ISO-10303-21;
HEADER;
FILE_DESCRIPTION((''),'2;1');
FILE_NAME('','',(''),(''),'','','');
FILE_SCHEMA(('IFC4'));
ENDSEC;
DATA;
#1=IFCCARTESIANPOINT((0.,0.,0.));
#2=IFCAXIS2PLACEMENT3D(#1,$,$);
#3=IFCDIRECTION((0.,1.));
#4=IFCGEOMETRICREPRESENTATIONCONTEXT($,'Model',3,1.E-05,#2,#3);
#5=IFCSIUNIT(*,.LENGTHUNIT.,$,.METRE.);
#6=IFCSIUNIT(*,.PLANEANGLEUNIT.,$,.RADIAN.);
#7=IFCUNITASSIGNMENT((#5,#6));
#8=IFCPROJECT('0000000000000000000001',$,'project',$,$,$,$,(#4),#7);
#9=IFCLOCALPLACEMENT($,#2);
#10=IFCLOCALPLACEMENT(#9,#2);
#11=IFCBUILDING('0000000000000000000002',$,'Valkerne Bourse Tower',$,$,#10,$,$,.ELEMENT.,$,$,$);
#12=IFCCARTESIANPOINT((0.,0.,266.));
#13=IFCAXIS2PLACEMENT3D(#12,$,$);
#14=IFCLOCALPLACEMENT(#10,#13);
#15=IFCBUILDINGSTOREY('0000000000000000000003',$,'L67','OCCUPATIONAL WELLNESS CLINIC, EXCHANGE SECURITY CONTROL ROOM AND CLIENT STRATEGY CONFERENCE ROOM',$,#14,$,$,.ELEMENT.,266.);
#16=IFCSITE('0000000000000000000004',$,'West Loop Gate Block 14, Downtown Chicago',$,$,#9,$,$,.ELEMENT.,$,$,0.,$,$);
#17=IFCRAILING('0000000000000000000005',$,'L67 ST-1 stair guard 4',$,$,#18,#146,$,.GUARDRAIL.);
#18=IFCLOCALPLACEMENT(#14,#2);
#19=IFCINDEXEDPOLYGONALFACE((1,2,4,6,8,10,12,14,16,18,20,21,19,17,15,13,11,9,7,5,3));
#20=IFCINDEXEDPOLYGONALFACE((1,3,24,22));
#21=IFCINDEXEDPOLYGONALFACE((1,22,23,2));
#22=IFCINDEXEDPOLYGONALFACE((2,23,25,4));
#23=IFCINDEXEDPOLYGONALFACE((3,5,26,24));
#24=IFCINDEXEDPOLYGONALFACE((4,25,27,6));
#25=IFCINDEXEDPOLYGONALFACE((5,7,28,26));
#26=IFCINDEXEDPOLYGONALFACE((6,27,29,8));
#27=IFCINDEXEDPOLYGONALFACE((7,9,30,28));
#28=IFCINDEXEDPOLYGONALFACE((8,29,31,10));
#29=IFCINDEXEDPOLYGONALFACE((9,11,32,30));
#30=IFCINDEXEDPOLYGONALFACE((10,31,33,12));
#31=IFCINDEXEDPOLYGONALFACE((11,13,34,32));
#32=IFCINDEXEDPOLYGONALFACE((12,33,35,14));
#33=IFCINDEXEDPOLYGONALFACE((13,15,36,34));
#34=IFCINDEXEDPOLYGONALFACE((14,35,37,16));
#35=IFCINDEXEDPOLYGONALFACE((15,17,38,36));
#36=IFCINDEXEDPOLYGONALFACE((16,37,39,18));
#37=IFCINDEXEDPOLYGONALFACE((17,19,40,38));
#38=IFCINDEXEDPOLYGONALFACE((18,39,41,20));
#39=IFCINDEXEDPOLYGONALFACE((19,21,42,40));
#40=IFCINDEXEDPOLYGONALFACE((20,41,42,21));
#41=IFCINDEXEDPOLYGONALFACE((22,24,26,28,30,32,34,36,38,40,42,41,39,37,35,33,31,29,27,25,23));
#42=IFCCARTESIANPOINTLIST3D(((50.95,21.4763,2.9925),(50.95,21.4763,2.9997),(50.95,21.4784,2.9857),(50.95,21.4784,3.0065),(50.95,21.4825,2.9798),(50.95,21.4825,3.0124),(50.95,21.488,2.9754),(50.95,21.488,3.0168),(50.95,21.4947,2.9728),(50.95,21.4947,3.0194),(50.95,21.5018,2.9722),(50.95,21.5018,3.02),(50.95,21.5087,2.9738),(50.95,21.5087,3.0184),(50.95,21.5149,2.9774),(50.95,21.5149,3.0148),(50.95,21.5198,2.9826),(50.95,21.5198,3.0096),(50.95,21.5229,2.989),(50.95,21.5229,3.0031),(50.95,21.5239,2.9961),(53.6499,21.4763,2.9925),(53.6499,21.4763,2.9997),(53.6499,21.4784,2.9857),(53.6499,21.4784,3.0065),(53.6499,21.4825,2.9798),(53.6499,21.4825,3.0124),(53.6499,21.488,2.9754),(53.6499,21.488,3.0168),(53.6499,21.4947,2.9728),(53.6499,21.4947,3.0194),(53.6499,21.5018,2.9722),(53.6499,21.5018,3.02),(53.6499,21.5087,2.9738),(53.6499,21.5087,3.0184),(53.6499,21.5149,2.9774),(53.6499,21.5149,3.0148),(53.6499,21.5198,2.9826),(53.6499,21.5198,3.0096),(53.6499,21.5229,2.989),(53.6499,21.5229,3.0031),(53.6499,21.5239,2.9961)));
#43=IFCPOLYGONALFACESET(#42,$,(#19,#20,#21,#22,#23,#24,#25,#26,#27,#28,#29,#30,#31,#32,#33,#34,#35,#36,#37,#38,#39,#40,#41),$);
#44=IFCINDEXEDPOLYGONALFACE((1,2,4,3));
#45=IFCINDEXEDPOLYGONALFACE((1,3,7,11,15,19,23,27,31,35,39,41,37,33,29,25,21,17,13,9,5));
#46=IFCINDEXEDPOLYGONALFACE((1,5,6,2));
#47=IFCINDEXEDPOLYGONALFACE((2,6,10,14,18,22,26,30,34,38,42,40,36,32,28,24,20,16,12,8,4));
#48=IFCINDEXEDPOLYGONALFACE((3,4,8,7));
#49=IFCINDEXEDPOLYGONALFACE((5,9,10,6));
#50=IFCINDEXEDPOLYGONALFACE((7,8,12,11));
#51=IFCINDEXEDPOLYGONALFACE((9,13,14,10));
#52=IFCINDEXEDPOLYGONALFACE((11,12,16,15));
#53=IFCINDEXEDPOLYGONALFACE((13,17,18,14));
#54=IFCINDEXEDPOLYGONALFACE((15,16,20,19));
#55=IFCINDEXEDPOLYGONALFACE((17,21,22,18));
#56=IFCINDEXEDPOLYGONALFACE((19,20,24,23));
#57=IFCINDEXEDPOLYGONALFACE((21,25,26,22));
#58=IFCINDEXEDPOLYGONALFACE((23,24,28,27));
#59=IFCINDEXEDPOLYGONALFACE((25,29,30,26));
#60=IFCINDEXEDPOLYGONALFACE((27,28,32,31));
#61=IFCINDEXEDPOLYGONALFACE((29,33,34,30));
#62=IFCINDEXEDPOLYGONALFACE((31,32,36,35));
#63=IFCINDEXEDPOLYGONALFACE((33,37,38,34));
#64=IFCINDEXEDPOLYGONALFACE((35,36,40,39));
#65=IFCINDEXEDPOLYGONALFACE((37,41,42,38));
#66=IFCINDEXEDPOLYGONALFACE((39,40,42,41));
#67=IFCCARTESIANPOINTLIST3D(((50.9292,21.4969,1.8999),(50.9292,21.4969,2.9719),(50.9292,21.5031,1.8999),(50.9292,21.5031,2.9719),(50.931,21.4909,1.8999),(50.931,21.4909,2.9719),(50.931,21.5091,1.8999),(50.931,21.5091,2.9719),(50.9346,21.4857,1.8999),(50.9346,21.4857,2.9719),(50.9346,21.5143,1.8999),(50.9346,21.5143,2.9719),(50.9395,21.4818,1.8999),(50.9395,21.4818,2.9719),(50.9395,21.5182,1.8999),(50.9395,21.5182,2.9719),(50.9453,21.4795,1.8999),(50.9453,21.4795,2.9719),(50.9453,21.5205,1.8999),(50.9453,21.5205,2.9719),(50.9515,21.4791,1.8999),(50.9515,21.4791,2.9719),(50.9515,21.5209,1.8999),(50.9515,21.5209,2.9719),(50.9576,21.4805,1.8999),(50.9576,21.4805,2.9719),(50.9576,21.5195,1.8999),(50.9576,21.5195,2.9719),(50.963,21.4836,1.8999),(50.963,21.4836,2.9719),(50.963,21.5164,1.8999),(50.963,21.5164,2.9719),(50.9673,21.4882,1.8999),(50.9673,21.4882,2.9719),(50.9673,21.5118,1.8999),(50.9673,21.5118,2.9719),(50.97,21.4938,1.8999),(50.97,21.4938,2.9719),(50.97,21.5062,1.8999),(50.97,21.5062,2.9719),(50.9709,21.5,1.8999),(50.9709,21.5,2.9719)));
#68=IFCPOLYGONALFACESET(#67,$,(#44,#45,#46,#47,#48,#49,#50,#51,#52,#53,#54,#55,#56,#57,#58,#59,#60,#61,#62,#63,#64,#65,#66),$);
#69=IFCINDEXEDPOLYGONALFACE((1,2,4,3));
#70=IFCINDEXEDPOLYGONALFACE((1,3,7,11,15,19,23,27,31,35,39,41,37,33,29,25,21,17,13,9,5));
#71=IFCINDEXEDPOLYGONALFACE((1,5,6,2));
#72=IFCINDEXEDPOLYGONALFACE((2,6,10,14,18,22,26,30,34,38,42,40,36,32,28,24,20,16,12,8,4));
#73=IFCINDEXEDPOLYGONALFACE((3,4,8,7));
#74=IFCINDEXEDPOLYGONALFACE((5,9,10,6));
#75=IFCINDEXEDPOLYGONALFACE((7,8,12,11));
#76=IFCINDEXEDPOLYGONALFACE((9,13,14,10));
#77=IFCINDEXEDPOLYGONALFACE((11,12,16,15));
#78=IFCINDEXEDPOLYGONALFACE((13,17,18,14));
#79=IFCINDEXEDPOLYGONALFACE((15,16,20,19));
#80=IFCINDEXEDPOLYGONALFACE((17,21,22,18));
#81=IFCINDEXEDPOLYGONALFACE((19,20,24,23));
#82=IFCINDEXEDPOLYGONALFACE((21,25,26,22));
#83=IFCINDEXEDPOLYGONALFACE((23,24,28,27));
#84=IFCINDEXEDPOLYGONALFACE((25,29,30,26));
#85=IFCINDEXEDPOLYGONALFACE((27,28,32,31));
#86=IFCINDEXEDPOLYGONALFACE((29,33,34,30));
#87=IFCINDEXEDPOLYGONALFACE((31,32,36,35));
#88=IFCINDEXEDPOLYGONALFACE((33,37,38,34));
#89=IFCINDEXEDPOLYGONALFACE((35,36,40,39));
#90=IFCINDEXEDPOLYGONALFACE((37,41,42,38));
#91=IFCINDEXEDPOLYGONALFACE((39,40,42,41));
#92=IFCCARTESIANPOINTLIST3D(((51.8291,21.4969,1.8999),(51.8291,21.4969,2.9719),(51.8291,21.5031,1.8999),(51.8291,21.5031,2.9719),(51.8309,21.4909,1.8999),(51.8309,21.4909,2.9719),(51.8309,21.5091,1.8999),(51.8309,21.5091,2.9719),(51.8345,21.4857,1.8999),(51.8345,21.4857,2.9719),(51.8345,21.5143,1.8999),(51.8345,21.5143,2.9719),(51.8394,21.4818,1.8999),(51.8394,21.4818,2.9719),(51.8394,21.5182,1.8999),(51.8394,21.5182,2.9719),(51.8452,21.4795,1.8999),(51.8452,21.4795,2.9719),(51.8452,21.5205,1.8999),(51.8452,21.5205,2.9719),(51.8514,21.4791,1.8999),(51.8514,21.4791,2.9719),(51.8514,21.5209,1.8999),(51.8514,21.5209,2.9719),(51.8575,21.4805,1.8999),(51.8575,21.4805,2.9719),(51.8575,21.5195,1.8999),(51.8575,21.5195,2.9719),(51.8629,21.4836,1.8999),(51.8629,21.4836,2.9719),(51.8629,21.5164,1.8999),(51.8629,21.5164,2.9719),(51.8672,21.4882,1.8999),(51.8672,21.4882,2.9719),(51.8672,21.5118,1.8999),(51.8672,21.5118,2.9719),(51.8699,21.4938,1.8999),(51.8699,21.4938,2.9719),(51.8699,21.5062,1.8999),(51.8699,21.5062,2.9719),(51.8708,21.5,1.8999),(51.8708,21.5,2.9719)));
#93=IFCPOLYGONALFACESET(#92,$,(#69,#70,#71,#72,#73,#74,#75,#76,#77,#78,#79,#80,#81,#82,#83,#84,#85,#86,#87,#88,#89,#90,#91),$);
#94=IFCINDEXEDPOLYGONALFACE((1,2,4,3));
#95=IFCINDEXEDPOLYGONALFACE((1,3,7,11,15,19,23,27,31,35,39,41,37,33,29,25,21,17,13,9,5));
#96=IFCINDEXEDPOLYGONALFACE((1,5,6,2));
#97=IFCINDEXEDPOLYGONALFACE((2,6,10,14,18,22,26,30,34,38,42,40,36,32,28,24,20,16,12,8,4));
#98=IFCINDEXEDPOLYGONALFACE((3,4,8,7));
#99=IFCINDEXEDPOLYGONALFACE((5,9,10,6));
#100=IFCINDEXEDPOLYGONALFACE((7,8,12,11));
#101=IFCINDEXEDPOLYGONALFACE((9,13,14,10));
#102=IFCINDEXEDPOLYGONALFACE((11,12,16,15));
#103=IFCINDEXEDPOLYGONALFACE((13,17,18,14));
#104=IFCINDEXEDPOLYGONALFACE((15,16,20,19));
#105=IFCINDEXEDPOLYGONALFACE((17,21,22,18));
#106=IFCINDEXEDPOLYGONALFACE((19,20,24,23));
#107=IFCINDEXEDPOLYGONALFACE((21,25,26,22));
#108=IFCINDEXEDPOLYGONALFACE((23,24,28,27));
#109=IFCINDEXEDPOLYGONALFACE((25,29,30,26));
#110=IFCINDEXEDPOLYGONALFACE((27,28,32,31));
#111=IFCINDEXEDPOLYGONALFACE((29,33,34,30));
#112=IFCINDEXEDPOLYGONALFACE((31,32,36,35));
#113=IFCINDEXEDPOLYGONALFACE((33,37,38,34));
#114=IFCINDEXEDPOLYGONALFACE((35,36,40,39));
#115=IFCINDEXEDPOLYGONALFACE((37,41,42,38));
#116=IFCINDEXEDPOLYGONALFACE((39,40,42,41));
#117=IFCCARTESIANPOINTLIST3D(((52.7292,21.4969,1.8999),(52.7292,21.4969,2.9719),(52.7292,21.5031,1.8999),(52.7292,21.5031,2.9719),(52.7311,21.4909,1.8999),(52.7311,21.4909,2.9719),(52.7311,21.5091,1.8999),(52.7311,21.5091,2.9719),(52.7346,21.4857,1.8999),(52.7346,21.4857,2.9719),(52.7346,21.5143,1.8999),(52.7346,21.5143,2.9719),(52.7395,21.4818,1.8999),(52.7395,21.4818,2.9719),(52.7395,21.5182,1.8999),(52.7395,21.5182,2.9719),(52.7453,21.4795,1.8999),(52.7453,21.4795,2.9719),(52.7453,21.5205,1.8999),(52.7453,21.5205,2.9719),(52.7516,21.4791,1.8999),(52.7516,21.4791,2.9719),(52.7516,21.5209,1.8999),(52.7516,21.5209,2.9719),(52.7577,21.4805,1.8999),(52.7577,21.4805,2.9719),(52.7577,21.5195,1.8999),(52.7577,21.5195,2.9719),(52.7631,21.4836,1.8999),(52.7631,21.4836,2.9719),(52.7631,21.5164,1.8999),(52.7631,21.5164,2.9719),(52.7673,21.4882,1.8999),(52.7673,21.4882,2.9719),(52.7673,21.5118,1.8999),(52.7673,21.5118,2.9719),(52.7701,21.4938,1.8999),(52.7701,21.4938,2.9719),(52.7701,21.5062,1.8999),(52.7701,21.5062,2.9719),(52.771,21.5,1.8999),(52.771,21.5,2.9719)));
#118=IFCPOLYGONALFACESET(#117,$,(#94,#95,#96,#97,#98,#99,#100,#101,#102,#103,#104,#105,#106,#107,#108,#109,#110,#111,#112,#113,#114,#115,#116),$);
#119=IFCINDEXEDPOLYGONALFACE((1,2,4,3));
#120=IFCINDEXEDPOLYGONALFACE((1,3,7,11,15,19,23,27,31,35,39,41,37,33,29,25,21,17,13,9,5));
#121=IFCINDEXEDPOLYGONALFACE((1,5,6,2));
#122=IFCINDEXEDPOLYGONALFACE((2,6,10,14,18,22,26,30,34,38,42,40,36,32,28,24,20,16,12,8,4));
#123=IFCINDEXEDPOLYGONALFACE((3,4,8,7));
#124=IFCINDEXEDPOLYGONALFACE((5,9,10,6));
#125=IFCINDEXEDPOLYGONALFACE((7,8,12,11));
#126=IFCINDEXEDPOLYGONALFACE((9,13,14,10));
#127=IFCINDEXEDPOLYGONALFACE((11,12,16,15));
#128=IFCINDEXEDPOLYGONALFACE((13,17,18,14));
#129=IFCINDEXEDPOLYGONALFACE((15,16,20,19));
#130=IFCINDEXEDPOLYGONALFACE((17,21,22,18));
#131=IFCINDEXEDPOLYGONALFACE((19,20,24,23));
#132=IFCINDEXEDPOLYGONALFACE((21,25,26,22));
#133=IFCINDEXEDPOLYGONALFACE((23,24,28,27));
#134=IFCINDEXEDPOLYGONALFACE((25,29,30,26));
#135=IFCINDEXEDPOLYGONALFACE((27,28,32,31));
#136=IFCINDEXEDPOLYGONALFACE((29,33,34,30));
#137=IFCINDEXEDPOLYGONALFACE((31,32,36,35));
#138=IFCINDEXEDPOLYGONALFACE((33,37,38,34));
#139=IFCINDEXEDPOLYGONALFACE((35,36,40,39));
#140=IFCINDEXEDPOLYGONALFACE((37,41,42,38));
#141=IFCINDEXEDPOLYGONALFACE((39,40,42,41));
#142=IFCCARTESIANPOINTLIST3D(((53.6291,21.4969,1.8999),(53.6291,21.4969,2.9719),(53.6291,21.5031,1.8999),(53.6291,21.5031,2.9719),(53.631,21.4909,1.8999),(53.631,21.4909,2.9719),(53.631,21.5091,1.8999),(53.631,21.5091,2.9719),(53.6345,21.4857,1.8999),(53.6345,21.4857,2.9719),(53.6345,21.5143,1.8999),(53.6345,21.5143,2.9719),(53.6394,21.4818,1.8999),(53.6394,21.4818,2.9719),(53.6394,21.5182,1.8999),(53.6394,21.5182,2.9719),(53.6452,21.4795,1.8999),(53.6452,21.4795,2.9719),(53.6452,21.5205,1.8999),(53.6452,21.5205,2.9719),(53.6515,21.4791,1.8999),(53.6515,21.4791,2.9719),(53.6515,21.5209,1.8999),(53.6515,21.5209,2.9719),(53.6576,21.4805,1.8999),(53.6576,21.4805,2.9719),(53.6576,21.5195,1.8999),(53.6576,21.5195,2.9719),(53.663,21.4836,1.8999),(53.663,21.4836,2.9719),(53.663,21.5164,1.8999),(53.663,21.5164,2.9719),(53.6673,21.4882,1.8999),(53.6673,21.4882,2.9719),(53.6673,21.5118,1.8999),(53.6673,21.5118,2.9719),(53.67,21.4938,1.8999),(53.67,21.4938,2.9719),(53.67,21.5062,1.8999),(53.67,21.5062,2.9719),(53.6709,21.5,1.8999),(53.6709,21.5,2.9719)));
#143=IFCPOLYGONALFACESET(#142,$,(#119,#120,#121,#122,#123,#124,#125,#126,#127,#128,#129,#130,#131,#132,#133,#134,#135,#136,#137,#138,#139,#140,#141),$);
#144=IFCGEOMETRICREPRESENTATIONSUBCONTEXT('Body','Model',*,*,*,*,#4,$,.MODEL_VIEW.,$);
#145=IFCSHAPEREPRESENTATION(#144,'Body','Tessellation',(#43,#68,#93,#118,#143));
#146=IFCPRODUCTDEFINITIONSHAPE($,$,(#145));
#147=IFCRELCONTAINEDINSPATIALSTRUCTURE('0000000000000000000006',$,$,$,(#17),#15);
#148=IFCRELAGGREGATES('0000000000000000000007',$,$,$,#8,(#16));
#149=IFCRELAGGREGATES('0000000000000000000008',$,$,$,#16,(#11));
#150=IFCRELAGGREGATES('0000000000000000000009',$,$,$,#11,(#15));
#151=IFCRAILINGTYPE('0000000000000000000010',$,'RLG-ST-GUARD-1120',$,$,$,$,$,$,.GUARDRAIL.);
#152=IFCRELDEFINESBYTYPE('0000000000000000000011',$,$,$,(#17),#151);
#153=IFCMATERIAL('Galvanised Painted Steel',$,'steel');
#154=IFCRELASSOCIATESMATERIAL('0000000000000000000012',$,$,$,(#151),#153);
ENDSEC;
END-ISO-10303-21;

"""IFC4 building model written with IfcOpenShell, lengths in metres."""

from ifc_helpers import new_model, si_unit, direction, frame, origin, origin_2d, place, context, subcontext, project, spatial, circle, extrude, material, type_object, element, save


model = new_model("IFC4")

# Units and contexts
model_context = context("Model", 3, precision=1e-05, world=origin(), true_north=direction((0.0, 1.0)))
body_context = subcontext(model_context, "Body", "Model", "MODEL_VIEW")
ifc_project = project(units=[si_unit("LENGTHUNIT", "METRE"), si_unit("PLANEANGLEUNIT", "RADIAN")], contexts=[model_context])

# Site, building, storey
site_placement = place(None, origin())
site = spatial("IfcSite", under=ifc_project, at=site_placement, Name="West Loop Gate Block 14, Downtown Chicago", CompositionType="ELEMENT", RefElevation=0.0)
building_placement = place(site_placement, origin())
building = spatial("IfcBuilding", under=site, at=building_placement, Name="Valkerne Bourse Tower", CompositionType="ELEMENT")
storey_placement = place(building_placement, frame((0.0, 0.0, 266.0)))
storey = spatial("IfcBuildingStorey", under=building, at=storey_placement, Name="L67", Description="OCCUPATIONAL WELLNESS CLINIC, EXCHANGE SECURITY CONTROL ROOM AND CLIENT STRATEGY CONFERENCE ROOM", CompositionType="ELEMENT", Elevation=266.0)

# Shared definitions
ifc_material_1 = material(Name="Galvanised Painted Steel", Category="steel")

# Railing
railing_type_1 = type_object("IfcRailingType", Name="RLG-ST-GUARD-1120", PredefinedType="GUARDRAIL", material=ifc_material_1)
railing_1_placement = place(storey_placement, frame((50.95, 21.5, 1.8999)))
element("IfcRailing", 1, at=railing_1_placement, inside=storey, type_object=railing_type_1, Name="L67 ST-1 stair guard 4", PredefinedType="GUARDRAIL", context=body_context, shape_type="SweptSolid", body=[
    extrude(circle(Radius=0.0239, at=origin_2d()), frame((0.0, 0.0, 1.0962), z_axis=(1.0, 0.0, 0.0), x_axis=(0.0, 1.0, 0.0)), (0.0, 0.0, 1.0), 2.7),
    extrude(circle(Radius=0.021, at=origin_2d()), origin(), (0.0, 0.0, 1.0), 1.072),
    extrude(circle(Radius=0.021, at=origin_2d()), frame((0.8999, 0.0, 0.0)), (0.0, 0.0, 1.0), 1.072),
    extrude(circle(Radius=0.021, at=origin_2d()), frame((1.8, 0.0, 0.0)), (0.0, 0.0, 1.0), 1.072),
    extrude(circle(Radius=0.021, at=origin_2d()), frame((2.7, 0.0, 0.0)), (0.0, 0.0, 1.0), 1.072),
])

save(model, "model.ifc")
